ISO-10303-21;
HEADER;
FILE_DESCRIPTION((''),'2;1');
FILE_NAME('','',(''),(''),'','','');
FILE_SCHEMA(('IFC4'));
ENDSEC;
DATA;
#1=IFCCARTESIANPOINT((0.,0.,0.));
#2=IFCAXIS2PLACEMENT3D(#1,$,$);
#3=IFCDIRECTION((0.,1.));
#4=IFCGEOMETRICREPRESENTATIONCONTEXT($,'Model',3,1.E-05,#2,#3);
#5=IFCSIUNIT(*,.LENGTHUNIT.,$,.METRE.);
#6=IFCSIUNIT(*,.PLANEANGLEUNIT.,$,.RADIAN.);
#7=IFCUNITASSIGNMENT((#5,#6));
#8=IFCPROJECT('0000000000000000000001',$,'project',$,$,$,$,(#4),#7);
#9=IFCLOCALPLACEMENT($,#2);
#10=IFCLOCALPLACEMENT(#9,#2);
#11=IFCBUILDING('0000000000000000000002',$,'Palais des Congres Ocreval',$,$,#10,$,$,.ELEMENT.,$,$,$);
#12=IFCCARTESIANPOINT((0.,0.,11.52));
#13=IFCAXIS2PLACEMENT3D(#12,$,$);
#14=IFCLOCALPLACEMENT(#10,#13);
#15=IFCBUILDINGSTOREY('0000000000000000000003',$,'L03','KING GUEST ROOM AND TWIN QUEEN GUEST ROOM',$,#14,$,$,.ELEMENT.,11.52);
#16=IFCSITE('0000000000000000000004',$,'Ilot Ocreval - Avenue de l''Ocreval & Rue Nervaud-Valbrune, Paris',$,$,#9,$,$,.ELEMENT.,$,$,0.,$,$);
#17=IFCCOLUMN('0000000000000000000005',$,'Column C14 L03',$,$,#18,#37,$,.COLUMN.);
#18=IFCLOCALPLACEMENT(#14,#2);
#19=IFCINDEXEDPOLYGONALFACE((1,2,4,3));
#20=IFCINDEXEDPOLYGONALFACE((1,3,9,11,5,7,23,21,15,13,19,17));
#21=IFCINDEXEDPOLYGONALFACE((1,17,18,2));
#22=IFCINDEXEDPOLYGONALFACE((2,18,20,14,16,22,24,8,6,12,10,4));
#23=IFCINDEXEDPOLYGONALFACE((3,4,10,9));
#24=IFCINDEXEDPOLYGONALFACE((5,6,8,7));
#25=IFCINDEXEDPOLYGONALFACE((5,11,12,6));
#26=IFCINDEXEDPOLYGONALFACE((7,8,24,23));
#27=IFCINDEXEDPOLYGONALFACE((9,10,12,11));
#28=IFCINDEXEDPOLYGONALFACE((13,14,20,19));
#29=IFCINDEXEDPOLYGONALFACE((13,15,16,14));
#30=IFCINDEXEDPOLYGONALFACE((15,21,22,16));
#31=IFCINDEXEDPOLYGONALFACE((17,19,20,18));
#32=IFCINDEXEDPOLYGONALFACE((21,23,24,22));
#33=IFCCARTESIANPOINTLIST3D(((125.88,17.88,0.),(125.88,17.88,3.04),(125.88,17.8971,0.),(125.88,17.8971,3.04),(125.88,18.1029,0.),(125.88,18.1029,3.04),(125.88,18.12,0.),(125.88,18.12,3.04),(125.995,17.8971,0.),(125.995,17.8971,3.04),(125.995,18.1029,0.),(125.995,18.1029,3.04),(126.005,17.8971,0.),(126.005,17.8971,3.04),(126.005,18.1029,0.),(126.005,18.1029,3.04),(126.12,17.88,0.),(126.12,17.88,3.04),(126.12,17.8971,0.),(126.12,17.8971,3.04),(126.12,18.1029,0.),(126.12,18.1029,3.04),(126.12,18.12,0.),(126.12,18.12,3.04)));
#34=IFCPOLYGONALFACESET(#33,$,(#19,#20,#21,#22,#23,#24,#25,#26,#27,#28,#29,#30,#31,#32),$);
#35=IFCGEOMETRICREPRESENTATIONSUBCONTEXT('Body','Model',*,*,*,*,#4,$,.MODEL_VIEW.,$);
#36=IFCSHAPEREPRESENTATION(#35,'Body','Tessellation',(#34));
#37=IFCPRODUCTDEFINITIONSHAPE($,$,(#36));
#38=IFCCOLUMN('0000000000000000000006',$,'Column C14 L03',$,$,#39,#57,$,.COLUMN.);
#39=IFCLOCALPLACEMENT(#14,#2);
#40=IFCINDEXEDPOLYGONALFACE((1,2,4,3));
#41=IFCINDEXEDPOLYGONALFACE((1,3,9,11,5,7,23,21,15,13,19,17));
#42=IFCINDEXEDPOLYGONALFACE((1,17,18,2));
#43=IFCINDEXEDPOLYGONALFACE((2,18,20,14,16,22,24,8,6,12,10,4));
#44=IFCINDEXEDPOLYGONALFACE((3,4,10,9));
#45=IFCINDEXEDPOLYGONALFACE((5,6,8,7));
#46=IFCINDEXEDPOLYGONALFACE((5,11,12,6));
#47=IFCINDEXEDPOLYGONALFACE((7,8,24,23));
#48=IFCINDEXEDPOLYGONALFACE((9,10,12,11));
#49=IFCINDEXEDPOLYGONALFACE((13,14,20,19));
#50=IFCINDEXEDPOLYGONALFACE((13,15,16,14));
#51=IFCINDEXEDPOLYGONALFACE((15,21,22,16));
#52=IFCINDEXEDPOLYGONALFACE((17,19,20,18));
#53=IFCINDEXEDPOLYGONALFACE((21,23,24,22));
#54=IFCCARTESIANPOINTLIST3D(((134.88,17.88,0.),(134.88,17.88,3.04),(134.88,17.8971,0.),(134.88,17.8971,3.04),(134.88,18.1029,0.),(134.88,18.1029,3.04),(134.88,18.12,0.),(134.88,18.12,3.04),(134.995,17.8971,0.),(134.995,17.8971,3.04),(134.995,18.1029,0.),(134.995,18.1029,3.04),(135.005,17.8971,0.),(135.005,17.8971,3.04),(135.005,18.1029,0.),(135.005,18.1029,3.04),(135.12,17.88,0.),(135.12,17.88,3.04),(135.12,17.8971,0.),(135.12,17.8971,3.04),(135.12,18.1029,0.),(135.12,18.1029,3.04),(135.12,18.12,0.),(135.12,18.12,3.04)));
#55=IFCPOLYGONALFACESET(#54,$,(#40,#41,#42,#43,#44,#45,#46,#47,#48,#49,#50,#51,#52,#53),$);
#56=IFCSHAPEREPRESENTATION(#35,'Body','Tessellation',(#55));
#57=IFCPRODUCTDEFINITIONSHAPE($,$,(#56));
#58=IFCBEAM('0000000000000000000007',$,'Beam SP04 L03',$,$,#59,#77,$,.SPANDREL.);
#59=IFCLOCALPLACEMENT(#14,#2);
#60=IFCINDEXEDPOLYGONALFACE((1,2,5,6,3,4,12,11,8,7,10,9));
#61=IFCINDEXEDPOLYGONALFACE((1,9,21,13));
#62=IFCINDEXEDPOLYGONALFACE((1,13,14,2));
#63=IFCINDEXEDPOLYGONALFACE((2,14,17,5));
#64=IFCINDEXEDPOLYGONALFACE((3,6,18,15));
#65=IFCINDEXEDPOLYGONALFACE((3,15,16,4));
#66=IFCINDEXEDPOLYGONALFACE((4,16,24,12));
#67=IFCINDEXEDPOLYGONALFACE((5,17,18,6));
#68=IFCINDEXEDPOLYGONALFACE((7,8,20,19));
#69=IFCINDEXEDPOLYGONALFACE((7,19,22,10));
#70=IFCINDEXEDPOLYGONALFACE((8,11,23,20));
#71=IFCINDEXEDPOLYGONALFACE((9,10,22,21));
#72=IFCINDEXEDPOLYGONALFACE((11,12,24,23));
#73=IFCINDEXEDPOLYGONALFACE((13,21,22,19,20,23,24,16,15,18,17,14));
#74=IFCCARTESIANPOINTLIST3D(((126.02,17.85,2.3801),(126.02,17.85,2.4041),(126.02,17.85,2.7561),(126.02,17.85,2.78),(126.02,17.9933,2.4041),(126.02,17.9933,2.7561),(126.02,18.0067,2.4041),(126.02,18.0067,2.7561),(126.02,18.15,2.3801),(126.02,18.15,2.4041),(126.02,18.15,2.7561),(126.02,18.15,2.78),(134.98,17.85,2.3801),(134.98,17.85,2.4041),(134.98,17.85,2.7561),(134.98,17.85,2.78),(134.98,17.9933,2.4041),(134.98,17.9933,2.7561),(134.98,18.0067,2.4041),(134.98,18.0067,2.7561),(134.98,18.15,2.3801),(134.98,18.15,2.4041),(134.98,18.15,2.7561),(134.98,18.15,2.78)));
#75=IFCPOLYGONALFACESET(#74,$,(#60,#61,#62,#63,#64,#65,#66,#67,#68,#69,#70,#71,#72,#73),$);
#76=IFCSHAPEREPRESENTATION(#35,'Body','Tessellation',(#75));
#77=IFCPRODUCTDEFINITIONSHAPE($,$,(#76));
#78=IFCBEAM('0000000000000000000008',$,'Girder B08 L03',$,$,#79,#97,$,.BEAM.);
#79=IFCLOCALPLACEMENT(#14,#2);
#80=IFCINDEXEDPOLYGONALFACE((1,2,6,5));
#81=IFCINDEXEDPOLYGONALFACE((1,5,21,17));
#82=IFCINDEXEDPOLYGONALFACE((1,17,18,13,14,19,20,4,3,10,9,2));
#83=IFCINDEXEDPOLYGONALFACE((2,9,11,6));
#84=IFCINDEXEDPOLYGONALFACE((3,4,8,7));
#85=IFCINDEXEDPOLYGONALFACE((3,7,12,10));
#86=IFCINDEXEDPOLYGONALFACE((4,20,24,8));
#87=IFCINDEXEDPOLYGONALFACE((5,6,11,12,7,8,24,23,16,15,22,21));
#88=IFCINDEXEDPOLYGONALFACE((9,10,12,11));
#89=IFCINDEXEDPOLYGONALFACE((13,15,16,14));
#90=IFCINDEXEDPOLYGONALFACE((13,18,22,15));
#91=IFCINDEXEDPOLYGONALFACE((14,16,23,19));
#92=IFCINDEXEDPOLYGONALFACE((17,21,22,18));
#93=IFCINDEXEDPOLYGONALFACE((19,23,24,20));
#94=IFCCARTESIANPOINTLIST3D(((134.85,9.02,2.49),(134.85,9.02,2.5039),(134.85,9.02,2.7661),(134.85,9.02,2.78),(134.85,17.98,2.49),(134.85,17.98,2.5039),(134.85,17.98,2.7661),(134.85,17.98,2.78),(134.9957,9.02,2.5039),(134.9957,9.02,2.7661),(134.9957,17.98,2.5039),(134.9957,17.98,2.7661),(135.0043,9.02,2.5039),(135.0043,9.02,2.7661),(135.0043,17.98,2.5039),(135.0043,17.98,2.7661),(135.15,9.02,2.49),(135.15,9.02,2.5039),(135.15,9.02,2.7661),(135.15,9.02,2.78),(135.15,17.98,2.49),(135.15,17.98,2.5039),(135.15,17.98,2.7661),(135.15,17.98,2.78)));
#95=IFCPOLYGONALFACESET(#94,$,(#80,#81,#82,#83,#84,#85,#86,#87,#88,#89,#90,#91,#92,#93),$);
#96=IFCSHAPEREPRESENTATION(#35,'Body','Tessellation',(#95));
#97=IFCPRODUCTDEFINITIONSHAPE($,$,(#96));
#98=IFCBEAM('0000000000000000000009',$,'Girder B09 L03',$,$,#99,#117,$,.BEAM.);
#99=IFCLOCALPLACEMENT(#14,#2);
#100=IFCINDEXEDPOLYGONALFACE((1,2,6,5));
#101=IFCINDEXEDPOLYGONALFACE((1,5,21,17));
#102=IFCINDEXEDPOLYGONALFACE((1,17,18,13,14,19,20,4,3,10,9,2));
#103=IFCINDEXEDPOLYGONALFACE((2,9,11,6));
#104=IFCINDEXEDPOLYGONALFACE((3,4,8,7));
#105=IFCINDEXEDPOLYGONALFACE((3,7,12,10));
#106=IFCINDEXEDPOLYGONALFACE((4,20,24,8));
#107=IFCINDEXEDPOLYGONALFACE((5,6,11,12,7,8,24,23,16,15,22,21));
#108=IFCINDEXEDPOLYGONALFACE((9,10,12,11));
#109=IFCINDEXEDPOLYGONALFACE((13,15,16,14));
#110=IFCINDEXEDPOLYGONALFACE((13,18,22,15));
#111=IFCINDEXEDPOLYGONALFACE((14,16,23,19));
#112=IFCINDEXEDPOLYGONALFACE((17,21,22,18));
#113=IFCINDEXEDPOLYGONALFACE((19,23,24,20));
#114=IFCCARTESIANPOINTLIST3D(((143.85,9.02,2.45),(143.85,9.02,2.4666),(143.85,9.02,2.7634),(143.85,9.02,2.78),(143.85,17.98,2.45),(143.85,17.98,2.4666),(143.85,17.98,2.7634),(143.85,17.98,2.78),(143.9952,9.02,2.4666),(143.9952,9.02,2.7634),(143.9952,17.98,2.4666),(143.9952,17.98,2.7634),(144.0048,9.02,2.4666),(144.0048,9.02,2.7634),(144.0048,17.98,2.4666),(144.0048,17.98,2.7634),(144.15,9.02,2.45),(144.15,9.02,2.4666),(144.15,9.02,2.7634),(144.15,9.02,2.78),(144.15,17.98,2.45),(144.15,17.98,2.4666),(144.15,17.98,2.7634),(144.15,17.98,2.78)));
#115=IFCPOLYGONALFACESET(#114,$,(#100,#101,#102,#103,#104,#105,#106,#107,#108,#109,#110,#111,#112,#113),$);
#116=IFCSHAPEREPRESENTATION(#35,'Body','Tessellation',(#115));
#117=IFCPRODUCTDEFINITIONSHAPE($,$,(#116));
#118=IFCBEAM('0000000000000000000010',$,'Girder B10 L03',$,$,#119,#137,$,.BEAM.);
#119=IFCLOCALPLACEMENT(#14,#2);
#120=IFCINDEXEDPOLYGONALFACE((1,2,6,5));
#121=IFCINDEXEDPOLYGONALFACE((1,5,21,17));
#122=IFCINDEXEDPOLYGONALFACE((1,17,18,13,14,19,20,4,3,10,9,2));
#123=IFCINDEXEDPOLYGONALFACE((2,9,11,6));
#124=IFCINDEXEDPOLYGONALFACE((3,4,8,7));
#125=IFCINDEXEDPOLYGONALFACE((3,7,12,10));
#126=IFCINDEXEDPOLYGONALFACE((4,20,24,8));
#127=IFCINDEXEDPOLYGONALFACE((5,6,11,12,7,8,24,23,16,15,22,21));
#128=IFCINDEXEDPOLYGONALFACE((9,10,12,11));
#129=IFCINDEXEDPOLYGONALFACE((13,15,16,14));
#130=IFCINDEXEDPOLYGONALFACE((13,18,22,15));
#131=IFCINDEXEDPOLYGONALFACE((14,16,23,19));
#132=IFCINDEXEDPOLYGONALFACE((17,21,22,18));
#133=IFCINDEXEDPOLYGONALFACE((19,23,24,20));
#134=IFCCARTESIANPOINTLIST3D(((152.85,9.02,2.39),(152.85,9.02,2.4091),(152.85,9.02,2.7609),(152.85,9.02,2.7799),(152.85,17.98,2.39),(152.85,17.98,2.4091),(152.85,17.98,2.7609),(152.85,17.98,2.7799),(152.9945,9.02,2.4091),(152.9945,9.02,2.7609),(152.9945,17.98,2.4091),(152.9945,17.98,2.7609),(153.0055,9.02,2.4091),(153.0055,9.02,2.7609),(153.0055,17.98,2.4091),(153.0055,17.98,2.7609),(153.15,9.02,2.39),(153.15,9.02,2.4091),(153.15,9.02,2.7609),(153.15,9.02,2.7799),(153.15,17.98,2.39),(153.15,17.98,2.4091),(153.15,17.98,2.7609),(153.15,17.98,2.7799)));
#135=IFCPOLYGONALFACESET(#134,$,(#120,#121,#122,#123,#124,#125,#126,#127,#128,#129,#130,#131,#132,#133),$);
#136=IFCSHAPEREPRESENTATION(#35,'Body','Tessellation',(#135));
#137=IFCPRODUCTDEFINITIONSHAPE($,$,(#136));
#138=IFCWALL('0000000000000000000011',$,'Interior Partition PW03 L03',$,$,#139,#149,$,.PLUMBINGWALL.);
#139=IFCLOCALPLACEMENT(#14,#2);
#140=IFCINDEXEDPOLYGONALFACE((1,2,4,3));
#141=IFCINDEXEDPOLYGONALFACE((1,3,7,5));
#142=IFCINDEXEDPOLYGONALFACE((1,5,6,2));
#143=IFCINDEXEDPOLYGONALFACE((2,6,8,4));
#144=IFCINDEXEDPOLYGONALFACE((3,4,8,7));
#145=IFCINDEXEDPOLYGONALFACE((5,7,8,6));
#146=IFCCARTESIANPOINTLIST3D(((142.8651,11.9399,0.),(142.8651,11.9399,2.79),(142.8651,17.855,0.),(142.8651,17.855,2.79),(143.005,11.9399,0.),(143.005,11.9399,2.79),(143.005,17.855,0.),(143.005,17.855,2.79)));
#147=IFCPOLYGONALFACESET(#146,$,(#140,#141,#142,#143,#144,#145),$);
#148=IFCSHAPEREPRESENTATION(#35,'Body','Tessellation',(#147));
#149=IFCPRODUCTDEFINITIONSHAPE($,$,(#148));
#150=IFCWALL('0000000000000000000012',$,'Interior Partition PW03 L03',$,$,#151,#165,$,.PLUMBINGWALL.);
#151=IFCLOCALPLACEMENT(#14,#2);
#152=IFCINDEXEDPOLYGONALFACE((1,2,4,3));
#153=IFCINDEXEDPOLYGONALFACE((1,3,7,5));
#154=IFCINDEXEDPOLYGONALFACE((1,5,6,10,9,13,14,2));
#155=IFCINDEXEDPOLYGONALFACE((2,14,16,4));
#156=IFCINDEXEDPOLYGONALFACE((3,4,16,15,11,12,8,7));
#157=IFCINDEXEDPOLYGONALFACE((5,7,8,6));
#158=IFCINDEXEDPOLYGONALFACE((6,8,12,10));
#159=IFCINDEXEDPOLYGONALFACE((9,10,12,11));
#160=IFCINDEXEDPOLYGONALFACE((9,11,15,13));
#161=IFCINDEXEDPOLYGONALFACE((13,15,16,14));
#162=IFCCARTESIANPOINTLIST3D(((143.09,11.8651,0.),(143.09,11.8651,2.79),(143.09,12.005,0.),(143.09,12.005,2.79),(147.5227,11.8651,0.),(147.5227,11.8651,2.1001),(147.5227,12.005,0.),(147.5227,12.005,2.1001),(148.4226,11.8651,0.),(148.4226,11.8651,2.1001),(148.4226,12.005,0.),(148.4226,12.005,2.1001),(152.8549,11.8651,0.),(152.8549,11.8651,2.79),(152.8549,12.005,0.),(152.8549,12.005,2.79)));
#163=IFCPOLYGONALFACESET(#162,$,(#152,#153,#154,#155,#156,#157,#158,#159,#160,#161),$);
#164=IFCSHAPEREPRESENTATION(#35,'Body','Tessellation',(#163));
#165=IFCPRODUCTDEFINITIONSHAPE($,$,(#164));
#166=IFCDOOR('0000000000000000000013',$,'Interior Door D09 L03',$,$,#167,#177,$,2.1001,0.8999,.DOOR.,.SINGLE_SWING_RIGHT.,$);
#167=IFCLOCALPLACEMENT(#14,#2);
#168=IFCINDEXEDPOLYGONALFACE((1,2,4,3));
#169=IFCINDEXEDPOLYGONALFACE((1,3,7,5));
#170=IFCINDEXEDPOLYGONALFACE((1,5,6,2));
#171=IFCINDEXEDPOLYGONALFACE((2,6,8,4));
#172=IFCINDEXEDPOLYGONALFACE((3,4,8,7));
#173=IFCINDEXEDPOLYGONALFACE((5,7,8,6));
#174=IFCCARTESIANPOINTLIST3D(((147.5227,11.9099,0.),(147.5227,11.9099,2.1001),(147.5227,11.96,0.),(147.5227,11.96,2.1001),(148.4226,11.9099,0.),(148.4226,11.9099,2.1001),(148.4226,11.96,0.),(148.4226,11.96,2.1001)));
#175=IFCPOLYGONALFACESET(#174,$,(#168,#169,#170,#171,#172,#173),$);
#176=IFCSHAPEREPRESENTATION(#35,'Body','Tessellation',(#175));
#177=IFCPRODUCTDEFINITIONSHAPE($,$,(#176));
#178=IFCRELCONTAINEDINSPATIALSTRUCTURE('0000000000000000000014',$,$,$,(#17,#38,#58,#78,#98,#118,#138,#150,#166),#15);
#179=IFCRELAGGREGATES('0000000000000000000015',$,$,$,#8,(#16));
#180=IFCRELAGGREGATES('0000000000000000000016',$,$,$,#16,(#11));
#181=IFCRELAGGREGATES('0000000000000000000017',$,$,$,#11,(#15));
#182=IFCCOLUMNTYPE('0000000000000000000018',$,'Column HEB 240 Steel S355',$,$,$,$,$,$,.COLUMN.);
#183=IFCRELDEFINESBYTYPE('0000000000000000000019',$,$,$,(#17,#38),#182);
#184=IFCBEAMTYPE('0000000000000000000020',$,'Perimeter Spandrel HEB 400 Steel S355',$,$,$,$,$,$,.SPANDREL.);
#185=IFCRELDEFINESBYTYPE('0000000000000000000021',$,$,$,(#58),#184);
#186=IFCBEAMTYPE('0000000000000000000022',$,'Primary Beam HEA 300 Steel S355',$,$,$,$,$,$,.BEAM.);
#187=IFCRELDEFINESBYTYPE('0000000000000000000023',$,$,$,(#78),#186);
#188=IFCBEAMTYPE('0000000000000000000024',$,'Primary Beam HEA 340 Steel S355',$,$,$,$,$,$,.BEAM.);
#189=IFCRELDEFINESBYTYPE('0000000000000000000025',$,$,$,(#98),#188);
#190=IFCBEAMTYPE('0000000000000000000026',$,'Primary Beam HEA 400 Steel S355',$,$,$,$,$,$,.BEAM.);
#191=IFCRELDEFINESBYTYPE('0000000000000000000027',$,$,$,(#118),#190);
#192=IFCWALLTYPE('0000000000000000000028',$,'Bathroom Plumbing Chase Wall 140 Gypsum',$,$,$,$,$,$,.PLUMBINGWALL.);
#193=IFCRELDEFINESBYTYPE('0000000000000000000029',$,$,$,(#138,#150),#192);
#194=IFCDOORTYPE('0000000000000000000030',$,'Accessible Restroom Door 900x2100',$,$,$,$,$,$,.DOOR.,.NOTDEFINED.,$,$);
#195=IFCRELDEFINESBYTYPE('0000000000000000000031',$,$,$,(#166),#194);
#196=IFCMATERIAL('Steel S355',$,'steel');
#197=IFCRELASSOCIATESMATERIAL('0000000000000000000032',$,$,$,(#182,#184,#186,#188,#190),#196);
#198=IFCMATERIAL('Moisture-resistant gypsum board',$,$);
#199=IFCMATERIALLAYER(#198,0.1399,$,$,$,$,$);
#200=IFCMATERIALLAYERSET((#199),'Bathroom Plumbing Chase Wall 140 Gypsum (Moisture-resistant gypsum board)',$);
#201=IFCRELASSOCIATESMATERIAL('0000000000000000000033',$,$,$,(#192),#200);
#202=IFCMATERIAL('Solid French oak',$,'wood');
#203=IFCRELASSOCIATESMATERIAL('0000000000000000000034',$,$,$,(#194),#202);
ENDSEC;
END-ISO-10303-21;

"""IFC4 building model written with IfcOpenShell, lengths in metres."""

from ifc_helpers import new_model, si_unit, direction, frame, frame_2d, origin, origin_2d, place, context, subcontext, project, spatial, rectangle, i_section, extrude, material, layer, layer_set, material_profile, profile_set, type_object, element, fill, save


model = new_model("IFC4")

# Units and contexts
model_context = context("Model", 3, precision=1e-05, world=origin(), true_north=direction((0.0, 1.0)))
body_context = subcontext(model_context, "Body", "Model", "MODEL_VIEW")
ifc_project = project(units=[si_unit("LENGTHUNIT", "METRE"), si_unit("PLANEANGLEUNIT", "RADIAN")], contexts=[model_context])

# Site, building, storey
site_placement = place(None, origin())
site = spatial("IfcSite", under=ifc_project, at=site_placement, Name="Ilot Ocreval - Avenue de l'Ocreval & Rue Nervaud-Valbrune, Paris", CompositionType="ELEMENT", RefElevation=0.0)
building_placement = place(site_placement, origin())
building = spatial("IfcBuilding", under=site, at=building_placement, Name="Palais des Congres Ocreval", CompositionType="ELEMENT")
storey_placement = place(building_placement, frame((0.0, 0.0, 11.52)))
storey = spatial("IfcBuildingStorey", under=building, at=storey_placement, Name="L03", Description="KING GUEST ROOM AND TWIN QUEEN GUEST ROOM", CompositionType="ELEMENT", Elevation=11.52)

# Columns
ifc_material_1 = material(Name="Steel S355", Category="steel")
ifc_material_profile_1 = material_profile(ifc_material_1, i_section(OverallWidth=0.24, OverallDepth=0.24, WebThickness=0.01, FlangeThickness=0.0171, at=origin_2d()), Name="HEB 240")
ifc_profile_set_1 = profile_set([ifc_material_profile_1], Name="Steel S355")
column_type = type_object("IfcColumnType", Name="Column HEB 240 Steel S355", PredefinedType="COLUMN", material=ifc_profile_set_1)
for number, where, z_axis, x_axis, name in (
    (1, (126.0, 18.0, 0.0), (0.0, 0.0, 1.0), (1.0, 0.0, 0.0), "Column C14 L03"),
    (2, (135.0, 18.0, 0.0), (0.0, 0.0, 1.0), (1.0, 0.0, 0.0), "Column C14 L03"),
):
    element("IfcColumn", number, at=place(storey_placement, frame(where, z_axis=z_axis, x_axis=x_axis)), inside=storey, type_object=column_type, Name=name, PredefinedType="COLUMN", context=body_context, shape_type="SweptSolid", body=[
        extrude(i_section(OverallWidth=0.24, OverallDepth=0.24, WebThickness=0.01, FlangeThickness=0.0171, at=origin_2d()), origin(), (0.0, 0.0, 1.0), 3.04),
    ])

# Beams
ifc_material_profile_2 = material_profile(ifc_material_1, i_section(OverallWidth=0.3, OverallDepth=0.3999, WebThickness=0.0134, FlangeThickness=0.0239, at=origin_2d()), Name="HEB 400")
ifc_profile_set_2 = profile_set([ifc_material_profile_2], Name="Steel S355")
beam_type_1 = type_object("IfcBeamType", Name="Perimeter Spandrel HEB 400 Steel S355", PredefinedType="SPANDREL", material=ifc_profile_set_2)
beam_1_placement = place(storey_placement, frame((126.02, 18.0, 2.5801), z_axis=(1.0, 0.0, 0.0), x_axis=(0.0, 1.0, 0.0)))
element("IfcBeam", 3, at=beam_1_placement, inside=storey, type_object=beam_type_1, Name="Beam SP04 L03", PredefinedType="SPANDREL", context=body_context, shape_type="SweptSolid", body=[
    extrude(i_section(OverallWidth=0.3, OverallDepth=0.3999, WebThickness=0.0134, FlangeThickness=0.0239, at=origin_2d()), origin(), (0.0, 0.0, 1.0), 8.96),
])
ifc_material_profile_3 = material_profile(ifc_material_1, i_section(OverallWidth=0.3, OverallDepth=0.29, WebThickness=0.0085, FlangeThickness=0.0139, at=origin_2d()), Name="HEA 300")
ifc_profile_set_3 = profile_set([ifc_material_profile_3], Name="Steel S355")
beam_type_2 = type_object("IfcBeamType", Name="Primary Beam HEA 300 Steel S355", PredefinedType="BEAM", material=ifc_profile_set_3)
beam_2_placement = place(storey_placement, frame((135.0, 9.02, 2.635), z_axis=(0.0, 1.0, 0.0), x_axis=(-1.0, 0.0, 0.0)))
element("IfcBeam", 4, at=beam_2_placement, inside=storey, type_object=beam_type_2, Name="Girder B08 L03", PredefinedType="BEAM", context=body_context, shape_type="SweptSolid", body=[
    extrude(i_section(OverallWidth=0.3, OverallDepth=0.29, WebThickness=0.0085, FlangeThickness=0.0139, at=origin_2d()), origin(), (0.0, 0.0, 1.0), 8.96),
])
ifc_material_profile_4 = material_profile(ifc_material_1, i_section(OverallWidth=0.3, OverallDepth=0.3301, WebThickness=0.0095, FlangeThickness=0.0166, at=origin_2d()), Name="HEA 340")
ifc_profile_set_4 = profile_set([ifc_material_profile_4], Name="Steel S355")
beam_type_3 = type_object("IfcBeamType", Name="Primary Beam HEA 340 Steel S355", PredefinedType="BEAM", material=ifc_profile_set_4)
beam_3_placement = place(storey_placement, frame((144.0, 9.02, 2.615), z_axis=(0.0, 1.0, 0.0), x_axis=(-1.0, 0.0, 0.0)))
element("IfcBeam", 5, at=beam_3_placement, inside=storey, type_object=beam_type_3, Name="Girder B09 L03", PredefinedType="BEAM", context=body_context, shape_type="SweptSolid", body=[
    extrude(i_section(OverallWidth=0.3, OverallDepth=0.3301, WebThickness=0.0095, FlangeThickness=0.0166, at=origin_2d()), origin(), (0.0, 0.0, 1.0), 8.96),
])
ifc_material_profile_5 = material_profile(ifc_material_1, i_section(OverallWidth=0.3, OverallDepth=0.3899, WebThickness=0.011, FlangeThickness=0.019, at=origin_2d()), Name="HEA 400")
ifc_profile_set_5 = profile_set([ifc_material_profile_5], Name="Steel S355")
beam_type_4 = type_object("IfcBeamType", Name="Primary Beam HEA 400 Steel S355", PredefinedType="BEAM", material=ifc_profile_set_5)
beam_4_placement = place(storey_placement, frame((153.0, 9.02, 2.585), z_axis=(0.0, 1.0, 0.0), x_axis=(-1.0, 0.0, 0.0)))
element("IfcBeam", 6, at=beam_4_placement, inside=storey, type_object=beam_type_4, Name="Girder B10 L03", PredefinedType="BEAM", context=body_context, shape_type="SweptSolid", body=[
    extrude(i_section(OverallWidth=0.3, OverallDepth=0.3899, WebThickness=0.011, FlangeThickness=0.019, at=origin_2d()), origin(), (0.0, 0.0, 1.0), 8.96),
])

# Wall
ifc_material_2 = material(Name="Moisture-resistant gypsum board")
ifc_layer_1 = layer(ifc_material_2, 0.1399)
ifc_layer_set_1 = layer_set([ifc_layer_1], Name="Bathroom Plumbing Chase Wall 140 Gypsum (Moisture-resistant gypsum board)")
wall_type_1 = type_object("IfcWallType", Name="Bathroom Plumbing Chase Wall 140 Gypsum", PredefinedType="PLUMBINGWALL", material=ifc_layer_set_1)
wall_1_placement = place(storey_placement, frame((142.9351, 11.9399, 0.0), z_axis=(0.0, 0.0, 1.0), x_axis=(0.0, 1.0, 0.0)))
element("IfcWall", 7, at=wall_1_placement, inside=storey, type_object=wall_type_1, Name="Interior Partition PW03 L03", PredefinedType="PLUMBINGWALL", context=body_context, shape_type="SweptSolid", body=[
    extrude(rectangle(XDim=5.915, YDim=0.1399, at=frame_2d((2.9575, 0.0))), origin(), (0.0, 0.0, 1.0), 2.79),
])

# Wall, opening, door
wall_2_placement = place(storey_placement, frame((143.0901, 11.9351, 0.0), z_axis=(0.0, 0.0, 1.0), x_axis=(1.0, 0.0, 0.0)))
wall_2 = element("IfcWall", 8, at=wall_2_placement, inside=storey, type_object=wall_type_1, Name="Interior Partition PW03 L03", PredefinedType="PLUMBINGWALL", context=body_context, shape_type="SweptSolid", body=[
    extrude(rectangle(XDim=9.7649, YDim=0.1399, at=frame_2d((4.8823, 0.0))), origin(), (0.0, 0.0, 1.0), 2.79),
])
opening_1_placement = place(wall_2_placement, frame((4.4326, 0.0, 0.0)))
opening_1 = element("IfcOpeningElement", 9, at=opening_1_placement, cuts=wall_2, PredefinedType="OPENING", context=body_context, shape_type="SweptSolid", body=[
    extrude(rectangle(XDim=0.8999, YDim=2.1001, at=frame_2d((0.45, 1.05))), frame((0.0, 0.0798, 0.0), z_axis=(0.0, -1.0, 0.0), x_axis=(1.0, 0.0, 0.0)), (0.0, 0.0, 1.0), 0.1599),
])
ifc_material_3 = material(Name="Solid French oak", Category="wood")
door_type_1 = type_object("IfcDoorType", Name="Accessible Restroom Door 900x2100", OperationType="NOTDEFINED", PredefinedType="DOOR", material=ifc_material_3)
door_1_placement = place(opening_1_placement, origin())
door_1 = element("IfcDoor", 10, at=door_1_placement, inside=storey, type_object=door_type_1, Name="Interior Door D09 L03", OperationType="SINGLE_SWING_RIGHT", OverallHeight=2.1001, OverallWidth=0.8999, PredefinedType="DOOR", context=body_context, shape_type="SweptSolid", body=[
    extrude(rectangle(XDim=0.8999, YDim=2.1001, at=frame_2d((0.45, 1.05))), frame((0.0, 0.0249, 0.0), z_axis=(0.0, -1.0, 0.0), x_axis=(1.0, 0.0, 0.0)), (0.0, 0.0, 1.0), 0.05),
])
fill(opening_1, door_1)

save(model, "model.ifc")
